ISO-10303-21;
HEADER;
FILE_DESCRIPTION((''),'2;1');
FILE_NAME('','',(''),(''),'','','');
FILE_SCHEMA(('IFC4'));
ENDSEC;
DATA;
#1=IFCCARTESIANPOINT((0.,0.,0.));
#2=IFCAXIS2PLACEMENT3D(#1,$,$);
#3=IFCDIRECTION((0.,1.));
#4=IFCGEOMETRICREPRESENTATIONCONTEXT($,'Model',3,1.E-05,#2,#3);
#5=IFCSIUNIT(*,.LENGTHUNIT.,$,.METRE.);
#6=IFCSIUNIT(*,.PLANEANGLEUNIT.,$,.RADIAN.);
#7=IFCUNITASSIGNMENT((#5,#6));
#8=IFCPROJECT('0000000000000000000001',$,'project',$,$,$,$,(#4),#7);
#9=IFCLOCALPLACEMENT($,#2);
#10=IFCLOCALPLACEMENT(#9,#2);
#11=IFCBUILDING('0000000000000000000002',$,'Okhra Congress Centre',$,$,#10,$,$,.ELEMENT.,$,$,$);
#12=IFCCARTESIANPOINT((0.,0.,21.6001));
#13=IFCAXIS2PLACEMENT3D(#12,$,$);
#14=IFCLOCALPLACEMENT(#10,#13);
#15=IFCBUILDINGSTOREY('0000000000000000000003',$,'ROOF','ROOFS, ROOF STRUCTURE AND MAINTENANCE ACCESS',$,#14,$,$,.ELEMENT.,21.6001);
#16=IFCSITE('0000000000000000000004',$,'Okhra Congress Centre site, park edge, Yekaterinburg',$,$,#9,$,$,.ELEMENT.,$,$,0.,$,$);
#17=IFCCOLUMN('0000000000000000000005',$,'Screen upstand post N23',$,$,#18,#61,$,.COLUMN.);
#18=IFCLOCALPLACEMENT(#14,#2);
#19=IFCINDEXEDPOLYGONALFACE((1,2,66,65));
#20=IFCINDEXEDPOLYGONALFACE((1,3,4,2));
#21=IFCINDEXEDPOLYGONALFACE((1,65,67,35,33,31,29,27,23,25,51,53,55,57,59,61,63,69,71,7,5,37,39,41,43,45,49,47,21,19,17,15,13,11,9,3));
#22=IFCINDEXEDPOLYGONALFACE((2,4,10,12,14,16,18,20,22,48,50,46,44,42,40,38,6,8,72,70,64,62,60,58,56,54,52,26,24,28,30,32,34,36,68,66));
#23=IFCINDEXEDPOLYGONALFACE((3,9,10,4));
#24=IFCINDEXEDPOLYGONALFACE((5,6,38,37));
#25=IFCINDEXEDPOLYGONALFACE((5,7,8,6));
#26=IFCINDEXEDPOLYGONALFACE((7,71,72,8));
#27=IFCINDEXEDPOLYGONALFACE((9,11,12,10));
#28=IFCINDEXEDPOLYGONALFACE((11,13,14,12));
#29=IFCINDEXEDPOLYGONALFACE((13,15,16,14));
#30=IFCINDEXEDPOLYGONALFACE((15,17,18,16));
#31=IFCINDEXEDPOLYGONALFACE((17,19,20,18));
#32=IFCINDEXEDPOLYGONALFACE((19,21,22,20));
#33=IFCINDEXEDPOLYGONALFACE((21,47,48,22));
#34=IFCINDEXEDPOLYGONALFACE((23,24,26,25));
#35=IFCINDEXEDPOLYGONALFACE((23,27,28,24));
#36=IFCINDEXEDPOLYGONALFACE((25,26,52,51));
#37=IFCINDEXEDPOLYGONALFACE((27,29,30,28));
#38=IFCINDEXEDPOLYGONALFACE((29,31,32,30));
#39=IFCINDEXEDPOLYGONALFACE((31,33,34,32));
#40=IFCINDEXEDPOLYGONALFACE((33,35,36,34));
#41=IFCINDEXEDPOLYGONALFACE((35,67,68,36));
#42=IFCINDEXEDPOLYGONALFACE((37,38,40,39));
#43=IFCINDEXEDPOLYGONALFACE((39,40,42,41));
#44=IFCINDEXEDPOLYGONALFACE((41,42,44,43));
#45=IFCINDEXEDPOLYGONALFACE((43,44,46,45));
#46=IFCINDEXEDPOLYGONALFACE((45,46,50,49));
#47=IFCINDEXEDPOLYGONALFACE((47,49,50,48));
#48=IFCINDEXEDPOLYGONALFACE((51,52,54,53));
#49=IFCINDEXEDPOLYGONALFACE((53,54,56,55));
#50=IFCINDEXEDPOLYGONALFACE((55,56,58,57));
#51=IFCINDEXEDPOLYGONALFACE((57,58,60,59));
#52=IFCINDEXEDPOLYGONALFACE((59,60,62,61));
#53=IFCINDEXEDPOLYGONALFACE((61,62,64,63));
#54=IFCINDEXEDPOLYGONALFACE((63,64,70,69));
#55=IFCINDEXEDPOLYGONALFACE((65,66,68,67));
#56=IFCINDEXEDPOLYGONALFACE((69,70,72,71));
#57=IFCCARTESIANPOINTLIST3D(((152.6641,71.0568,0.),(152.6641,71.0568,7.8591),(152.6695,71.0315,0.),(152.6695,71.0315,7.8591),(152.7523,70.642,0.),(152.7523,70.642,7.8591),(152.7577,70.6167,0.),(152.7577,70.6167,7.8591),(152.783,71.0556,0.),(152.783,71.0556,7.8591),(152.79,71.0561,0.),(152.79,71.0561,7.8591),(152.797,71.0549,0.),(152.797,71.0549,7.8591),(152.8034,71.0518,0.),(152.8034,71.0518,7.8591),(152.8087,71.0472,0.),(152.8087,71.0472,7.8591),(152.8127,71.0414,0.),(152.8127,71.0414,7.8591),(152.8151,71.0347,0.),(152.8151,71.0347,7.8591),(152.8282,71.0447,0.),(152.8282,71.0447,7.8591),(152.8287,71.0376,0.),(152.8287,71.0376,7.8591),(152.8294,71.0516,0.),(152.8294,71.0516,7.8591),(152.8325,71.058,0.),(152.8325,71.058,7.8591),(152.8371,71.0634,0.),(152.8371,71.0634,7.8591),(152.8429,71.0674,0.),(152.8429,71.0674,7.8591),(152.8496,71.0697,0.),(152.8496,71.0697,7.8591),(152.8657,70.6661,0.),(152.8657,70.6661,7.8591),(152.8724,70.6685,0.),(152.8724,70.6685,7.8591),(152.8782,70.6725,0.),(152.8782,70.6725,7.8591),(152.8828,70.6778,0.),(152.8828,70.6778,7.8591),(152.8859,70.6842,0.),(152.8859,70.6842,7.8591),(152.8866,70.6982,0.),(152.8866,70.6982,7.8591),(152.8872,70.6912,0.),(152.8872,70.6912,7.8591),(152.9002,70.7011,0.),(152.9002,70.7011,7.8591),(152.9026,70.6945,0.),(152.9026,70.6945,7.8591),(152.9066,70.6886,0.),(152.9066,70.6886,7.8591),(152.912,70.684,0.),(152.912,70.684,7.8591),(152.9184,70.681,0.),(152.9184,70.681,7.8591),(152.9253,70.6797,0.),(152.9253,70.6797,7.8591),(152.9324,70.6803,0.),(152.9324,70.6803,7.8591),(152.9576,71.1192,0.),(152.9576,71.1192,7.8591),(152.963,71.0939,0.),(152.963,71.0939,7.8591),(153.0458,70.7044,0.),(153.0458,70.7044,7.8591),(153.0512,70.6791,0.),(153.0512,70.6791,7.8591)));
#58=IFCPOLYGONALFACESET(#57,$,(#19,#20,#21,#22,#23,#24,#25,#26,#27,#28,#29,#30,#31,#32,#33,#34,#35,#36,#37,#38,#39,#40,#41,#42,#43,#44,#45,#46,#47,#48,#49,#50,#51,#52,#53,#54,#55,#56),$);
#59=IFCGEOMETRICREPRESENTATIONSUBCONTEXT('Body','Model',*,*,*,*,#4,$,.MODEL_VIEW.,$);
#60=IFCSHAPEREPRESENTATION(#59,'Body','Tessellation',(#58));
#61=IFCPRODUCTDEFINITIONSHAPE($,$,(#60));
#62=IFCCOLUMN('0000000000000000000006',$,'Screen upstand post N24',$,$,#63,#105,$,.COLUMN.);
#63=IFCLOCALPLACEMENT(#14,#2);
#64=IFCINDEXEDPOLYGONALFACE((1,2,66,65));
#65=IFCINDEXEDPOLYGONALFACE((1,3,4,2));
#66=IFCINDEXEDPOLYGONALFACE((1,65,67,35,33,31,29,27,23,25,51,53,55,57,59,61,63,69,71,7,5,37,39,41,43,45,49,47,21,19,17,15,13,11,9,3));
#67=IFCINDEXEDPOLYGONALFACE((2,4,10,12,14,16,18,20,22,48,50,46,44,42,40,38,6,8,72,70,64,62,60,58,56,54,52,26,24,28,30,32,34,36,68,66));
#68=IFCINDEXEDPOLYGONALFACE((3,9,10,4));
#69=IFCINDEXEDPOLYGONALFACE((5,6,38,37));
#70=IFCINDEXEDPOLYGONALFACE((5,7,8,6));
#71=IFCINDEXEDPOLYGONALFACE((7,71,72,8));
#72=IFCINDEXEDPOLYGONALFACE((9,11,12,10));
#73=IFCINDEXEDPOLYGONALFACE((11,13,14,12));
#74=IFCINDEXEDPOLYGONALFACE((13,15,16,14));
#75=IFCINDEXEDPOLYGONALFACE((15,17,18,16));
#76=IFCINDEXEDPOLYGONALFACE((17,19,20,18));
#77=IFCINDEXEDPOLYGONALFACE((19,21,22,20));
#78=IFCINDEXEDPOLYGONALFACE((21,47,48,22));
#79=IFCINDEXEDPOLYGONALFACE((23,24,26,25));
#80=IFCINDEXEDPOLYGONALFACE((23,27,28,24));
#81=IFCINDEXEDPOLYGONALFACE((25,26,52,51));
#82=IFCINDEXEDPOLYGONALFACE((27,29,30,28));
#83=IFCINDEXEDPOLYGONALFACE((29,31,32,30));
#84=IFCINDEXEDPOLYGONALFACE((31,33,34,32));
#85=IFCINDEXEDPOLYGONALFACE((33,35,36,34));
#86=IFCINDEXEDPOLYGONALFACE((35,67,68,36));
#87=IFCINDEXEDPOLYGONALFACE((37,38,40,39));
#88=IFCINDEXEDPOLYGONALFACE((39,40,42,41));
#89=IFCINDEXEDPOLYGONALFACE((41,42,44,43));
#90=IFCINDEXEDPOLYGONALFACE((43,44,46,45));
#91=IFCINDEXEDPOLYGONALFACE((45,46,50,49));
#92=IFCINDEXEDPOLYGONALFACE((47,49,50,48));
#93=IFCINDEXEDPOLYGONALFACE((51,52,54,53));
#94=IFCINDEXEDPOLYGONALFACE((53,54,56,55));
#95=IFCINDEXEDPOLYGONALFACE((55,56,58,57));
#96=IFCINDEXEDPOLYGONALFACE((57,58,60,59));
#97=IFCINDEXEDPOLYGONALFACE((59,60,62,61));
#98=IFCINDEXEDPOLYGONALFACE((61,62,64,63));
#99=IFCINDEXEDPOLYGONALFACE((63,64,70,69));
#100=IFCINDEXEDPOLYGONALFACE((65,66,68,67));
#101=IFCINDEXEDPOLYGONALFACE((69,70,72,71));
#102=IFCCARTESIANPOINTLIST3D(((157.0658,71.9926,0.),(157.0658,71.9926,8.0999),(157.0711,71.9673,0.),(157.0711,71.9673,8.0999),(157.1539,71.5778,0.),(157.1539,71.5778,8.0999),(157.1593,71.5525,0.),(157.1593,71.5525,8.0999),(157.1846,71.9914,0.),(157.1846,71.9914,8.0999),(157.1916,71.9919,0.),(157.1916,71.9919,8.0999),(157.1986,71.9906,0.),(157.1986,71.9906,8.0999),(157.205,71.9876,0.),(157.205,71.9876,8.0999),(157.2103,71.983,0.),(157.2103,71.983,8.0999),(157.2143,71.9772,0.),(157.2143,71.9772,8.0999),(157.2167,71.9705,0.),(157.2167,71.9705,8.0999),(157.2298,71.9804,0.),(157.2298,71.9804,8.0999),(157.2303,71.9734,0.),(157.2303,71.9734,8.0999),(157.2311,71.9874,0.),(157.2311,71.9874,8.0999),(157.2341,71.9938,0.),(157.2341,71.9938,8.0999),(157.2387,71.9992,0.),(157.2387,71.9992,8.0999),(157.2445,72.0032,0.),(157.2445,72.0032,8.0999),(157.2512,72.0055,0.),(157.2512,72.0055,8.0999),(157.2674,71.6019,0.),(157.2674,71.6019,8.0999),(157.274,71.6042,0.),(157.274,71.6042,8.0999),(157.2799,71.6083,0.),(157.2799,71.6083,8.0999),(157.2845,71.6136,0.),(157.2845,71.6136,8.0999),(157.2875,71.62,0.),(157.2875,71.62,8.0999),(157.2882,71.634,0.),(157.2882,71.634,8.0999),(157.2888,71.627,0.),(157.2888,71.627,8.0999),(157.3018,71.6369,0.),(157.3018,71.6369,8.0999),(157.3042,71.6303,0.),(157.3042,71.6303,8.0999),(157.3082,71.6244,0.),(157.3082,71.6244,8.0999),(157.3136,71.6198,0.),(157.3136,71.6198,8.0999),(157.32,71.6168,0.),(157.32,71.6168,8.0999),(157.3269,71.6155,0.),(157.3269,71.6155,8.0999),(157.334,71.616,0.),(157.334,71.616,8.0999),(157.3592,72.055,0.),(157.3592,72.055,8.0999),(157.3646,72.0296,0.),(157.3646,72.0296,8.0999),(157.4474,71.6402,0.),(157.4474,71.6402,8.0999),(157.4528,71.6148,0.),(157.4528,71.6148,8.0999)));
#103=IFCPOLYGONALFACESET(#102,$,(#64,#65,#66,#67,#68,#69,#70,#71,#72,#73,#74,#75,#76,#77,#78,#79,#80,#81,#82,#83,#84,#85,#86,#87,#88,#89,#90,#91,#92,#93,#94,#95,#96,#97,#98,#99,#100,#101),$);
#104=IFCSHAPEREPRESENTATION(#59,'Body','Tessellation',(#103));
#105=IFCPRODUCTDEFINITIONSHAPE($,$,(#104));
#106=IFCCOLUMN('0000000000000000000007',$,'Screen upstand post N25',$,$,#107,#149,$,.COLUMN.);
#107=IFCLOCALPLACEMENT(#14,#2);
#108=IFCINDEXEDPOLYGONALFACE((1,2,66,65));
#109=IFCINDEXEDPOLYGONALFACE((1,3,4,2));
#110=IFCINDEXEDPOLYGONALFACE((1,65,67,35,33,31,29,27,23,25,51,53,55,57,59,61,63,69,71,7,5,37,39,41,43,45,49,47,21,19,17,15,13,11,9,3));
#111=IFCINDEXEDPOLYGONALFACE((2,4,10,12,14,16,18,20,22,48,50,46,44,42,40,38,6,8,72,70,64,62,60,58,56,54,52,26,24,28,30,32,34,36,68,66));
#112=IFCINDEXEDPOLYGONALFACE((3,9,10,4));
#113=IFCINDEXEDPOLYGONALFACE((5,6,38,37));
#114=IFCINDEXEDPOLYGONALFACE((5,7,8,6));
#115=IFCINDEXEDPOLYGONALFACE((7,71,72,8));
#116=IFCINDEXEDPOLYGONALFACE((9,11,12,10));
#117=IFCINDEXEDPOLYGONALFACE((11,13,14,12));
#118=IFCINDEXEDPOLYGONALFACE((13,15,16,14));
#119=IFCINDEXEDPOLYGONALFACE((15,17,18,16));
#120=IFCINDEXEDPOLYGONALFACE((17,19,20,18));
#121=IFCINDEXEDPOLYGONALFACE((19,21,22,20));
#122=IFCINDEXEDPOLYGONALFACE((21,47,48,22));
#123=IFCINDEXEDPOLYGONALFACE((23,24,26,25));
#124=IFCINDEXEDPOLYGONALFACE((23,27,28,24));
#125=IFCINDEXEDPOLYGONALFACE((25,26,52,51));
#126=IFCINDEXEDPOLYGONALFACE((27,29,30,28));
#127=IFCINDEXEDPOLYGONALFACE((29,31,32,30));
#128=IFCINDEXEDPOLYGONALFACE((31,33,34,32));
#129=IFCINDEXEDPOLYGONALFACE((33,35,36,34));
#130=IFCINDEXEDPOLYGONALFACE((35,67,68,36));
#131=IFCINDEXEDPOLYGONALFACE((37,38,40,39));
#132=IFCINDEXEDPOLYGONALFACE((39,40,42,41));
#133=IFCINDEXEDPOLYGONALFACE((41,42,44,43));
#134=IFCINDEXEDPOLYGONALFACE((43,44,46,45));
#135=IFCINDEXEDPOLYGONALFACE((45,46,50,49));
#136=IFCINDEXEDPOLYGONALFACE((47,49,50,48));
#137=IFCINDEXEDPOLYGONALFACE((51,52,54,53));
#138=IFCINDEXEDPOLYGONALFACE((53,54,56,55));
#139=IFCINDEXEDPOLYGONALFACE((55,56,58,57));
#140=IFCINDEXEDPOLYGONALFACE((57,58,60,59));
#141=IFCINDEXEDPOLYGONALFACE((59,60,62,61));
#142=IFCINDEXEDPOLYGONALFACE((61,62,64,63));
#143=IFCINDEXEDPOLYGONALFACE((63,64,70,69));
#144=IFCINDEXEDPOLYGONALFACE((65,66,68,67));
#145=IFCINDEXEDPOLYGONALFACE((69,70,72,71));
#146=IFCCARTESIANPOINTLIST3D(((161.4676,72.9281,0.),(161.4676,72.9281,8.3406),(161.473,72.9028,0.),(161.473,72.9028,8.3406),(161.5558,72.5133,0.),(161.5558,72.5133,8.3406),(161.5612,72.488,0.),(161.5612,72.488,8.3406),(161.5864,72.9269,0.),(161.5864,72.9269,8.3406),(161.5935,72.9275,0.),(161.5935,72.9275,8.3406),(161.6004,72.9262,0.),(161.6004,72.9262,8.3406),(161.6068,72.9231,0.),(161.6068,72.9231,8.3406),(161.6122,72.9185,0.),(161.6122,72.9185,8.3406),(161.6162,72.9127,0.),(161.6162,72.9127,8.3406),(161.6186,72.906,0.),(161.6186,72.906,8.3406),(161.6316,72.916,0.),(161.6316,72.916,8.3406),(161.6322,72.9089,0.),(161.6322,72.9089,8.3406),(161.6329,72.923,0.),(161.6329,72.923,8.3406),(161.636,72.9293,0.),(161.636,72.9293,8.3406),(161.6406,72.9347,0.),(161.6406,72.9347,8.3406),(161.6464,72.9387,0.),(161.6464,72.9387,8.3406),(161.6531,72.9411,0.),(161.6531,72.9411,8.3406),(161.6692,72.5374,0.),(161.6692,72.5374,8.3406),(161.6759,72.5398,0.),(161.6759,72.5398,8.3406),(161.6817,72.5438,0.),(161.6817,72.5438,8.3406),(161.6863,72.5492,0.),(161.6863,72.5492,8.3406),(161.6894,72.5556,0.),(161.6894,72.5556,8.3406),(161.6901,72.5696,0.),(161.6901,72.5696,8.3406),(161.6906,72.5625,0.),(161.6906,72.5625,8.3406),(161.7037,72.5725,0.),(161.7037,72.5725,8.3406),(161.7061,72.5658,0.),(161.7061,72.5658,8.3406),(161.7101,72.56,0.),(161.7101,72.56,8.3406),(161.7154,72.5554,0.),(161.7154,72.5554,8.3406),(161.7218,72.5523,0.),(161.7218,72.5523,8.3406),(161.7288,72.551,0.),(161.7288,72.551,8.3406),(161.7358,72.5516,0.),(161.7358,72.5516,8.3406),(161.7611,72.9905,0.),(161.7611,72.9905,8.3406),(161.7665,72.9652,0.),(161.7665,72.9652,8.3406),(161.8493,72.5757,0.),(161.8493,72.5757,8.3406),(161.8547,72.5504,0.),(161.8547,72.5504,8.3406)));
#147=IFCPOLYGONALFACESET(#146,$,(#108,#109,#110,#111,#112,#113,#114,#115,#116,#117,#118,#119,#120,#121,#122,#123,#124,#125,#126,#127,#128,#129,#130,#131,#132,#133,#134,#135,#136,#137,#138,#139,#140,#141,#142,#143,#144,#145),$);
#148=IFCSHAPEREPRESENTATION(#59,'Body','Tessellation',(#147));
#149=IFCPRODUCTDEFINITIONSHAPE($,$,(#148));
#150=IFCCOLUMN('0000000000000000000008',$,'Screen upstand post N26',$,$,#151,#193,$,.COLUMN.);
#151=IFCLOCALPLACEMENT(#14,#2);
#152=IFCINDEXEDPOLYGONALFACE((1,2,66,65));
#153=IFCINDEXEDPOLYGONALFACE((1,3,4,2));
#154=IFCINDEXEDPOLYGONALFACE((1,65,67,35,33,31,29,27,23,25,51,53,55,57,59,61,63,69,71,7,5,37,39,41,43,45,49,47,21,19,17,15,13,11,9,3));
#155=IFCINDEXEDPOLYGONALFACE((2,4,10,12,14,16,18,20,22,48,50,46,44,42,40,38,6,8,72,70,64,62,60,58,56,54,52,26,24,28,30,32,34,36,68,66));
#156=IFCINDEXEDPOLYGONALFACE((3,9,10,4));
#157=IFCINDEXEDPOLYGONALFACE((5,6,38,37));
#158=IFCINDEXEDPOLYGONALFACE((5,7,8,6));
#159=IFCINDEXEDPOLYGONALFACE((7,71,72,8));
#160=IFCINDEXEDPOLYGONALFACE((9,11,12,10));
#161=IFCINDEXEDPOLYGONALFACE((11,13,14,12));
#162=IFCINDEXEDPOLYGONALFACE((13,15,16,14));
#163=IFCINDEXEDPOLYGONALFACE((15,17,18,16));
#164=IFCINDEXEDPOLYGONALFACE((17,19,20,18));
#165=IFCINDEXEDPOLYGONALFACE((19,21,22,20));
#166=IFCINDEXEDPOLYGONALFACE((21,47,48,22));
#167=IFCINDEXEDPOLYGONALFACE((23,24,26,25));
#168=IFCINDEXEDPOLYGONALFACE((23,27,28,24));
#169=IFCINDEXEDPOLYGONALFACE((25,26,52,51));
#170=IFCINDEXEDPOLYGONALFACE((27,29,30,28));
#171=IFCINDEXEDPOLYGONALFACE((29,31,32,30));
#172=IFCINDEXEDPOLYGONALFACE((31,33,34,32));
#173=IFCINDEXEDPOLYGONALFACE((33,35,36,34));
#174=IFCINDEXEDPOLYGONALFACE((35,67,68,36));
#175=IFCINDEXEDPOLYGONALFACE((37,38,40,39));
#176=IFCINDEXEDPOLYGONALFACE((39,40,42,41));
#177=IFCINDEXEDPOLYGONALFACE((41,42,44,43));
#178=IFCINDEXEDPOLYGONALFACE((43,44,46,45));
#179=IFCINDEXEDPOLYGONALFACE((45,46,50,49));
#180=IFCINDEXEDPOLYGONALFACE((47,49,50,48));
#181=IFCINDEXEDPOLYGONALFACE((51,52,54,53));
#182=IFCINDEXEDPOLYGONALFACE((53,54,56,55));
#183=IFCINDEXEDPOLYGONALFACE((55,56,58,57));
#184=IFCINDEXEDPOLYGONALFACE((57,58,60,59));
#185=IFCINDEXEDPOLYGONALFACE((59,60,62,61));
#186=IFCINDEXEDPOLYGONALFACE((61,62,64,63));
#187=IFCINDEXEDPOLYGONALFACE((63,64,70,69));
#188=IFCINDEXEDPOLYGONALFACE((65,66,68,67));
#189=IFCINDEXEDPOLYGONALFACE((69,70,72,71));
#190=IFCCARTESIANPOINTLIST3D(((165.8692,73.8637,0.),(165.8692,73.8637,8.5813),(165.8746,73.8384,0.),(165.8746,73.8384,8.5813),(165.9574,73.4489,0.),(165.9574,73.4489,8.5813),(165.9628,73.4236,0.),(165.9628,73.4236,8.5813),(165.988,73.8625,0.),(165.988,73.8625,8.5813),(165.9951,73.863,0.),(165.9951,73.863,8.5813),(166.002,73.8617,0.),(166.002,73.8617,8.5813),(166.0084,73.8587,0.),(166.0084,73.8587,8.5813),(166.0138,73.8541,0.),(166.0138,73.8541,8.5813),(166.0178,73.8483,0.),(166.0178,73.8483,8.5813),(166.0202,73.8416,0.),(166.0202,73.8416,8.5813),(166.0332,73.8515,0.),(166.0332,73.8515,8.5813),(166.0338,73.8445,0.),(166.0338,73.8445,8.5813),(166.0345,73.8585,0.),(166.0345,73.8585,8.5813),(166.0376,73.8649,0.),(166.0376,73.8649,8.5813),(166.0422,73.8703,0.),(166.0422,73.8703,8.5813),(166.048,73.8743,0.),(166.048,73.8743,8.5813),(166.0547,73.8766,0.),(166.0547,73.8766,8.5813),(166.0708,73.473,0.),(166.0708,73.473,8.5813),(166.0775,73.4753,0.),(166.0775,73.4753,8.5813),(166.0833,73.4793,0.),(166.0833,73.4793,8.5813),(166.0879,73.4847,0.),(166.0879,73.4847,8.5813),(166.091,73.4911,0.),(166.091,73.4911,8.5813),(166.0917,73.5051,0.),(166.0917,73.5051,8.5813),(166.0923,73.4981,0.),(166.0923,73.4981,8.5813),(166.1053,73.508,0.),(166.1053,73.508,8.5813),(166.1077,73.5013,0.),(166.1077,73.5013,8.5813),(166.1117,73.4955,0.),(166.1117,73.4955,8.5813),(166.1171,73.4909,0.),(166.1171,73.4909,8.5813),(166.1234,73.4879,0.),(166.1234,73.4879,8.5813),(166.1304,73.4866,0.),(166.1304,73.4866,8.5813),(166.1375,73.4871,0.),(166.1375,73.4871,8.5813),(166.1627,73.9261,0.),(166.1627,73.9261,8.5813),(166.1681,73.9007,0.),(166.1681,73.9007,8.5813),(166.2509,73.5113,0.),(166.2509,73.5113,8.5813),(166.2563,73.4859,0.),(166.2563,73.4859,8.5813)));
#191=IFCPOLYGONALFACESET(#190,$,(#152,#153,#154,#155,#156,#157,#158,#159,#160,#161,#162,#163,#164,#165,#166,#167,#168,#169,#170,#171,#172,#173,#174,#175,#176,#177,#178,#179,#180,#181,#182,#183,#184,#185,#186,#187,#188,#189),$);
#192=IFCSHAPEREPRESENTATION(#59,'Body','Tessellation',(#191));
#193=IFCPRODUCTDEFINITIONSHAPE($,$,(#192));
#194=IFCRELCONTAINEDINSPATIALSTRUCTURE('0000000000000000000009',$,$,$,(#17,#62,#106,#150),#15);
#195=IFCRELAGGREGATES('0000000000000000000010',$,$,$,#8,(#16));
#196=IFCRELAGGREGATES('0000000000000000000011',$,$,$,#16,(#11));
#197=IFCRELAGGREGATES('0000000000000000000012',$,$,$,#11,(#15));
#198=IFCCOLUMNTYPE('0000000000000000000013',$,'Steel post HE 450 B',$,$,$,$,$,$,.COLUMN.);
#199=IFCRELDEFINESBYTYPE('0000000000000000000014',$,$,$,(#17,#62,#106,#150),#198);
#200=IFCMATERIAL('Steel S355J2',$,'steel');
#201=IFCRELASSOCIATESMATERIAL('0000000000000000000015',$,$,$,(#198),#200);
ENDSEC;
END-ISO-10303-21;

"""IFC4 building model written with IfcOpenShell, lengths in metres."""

from ifc_helpers import new_model, si_unit, direction, frame, origin, origin_2d, place, context, subcontext, project, spatial, i_section, extrude, material, material_profile, profile_set, type_object, element, save


model = new_model("IFC4")

# Units and contexts
model_context = context("Model", 3, precision=1e-05, world=origin(), true_north=direction((0.0, 1.0)))
body_context = subcontext(model_context, "Body", "Model", "MODEL_VIEW")
ifc_project = project(units=[si_unit("LENGTHUNIT", "METRE"), si_unit("PLANEANGLEUNIT", "RADIAN")], contexts=[model_context])

# Site, building, storey
site_placement = place(None, origin())
site = spatial("IfcSite", under=ifc_project, at=site_placement, Name="Okhra Congress Centre site, park edge, Yekaterinburg", CompositionType="ELEMENT", RefElevation=0.0)
building_placement = place(site_placement, origin())
building = spatial("IfcBuilding", under=site, at=building_placement, Name="Okhra Congress Centre", CompositionType="ELEMENT")
storey_placement = place(building_placement, frame((0.0, 0.0, 21.6001)))
storey = spatial("IfcBuildingStorey", under=building, at=storey_placement, Name="ROOF", Description="ROOFS, ROOF STRUCTURE AND MAINTENANCE ACCESS", CompositionType="ELEMENT", Elevation=21.6001)

# Columns
ifc_material_1 = material(Name="Steel S355J2", Category="steel")
ifc_material_profile_1 = material_profile(ifc_material_1, i_section(OverallWidth=0.3, OverallDepth=0.45, WebThickness=0.0139, FlangeThickness=0.0259, FilletRadius=0.0271, at=origin_2d()), Name="HE 450 B")
ifc_profile_set_1 = profile_set([ifc_material_profile_1], Name="Steel S355J2")
column_type = type_object("IfcColumnType", Name="Steel post HE 450 B", PredefinedType="COLUMN", material=ifc_profile_set_1)
column_1_placement = place(storey_placement, frame((152.8577, 70.8679, 0.0), z_axis=(0.0, 0.0, 1.0), x_axis=(0.978148, 0.207912, 0.0)))
element("IfcColumn", 1, at=column_1_placement, inside=storey, type_object=column_type, Name="Screen upstand post N23", PredefinedType="COLUMN", context=body_context, shape_type="SweptSolid", body=[
    extrude(i_section(OverallWidth=0.3, OverallDepth=0.45, WebThickness=0.0139, FlangeThickness=0.0259, FilletRadius=0.0271, at=origin_2d()), origin(), (0.0, 0.0, 1.0), 7.8591),
])
column_2_placement = place(storey_placement, frame((157.2593, 71.8037, 0.0), z_axis=(0.0, 0.0, 1.0), x_axis=(0.978148, 0.207912, 0.0)))
element("IfcColumn", 2, at=column_2_placement, inside=storey, type_object=column_type, Name="Screen upstand post N24", PredefinedType="COLUMN", context=body_context, shape_type="SweptSolid", body=[
    extrude(i_section(OverallWidth=0.3, OverallDepth=0.45, WebThickness=0.0139, FlangeThickness=0.0259, FilletRadius=0.0271, at=origin_2d()), origin(), (0.0, 0.0, 1.0), 8.0999),
])
column_3_placement = place(storey_placement, frame((161.6611, 72.7393, 0.0), z_axis=(0.0, 0.0, 1.0), x_axis=(0.978148, 0.207912, 0.0)))
element("IfcColumn", 3, at=column_3_placement, inside=storey, type_object=column_type, Name="Screen upstand post N25", PredefinedType="COLUMN", context=body_context, shape_type="SweptSolid", body=[
    extrude(i_section(OverallWidth=0.3, OverallDepth=0.45, WebThickness=0.0139, FlangeThickness=0.0259, FilletRadius=0.0271, at=origin_2d()), origin(), (0.0, 0.0, 1.0), 8.3406),
])
column_4_placement = place(storey_placement, frame((166.0627, 73.6748, 0.0), z_axis=(0.0, 0.0, 1.0), x_axis=(0.978148, 0.207912, 0.0)))
element("IfcColumn", 4, at=column_4_placement, inside=storey, type_object=column_type, Name="Screen upstand post N26", PredefinedType="COLUMN", context=body_context, shape_type="SweptSolid", body=[
    extrude(i_section(OverallWidth=0.3, OverallDepth=0.45, WebThickness=0.0139, FlangeThickness=0.0259, FilletRadius=0.0271, at=origin_2d()), origin(), (0.0, 0.0, 1.0), 8.5813),
])

save(model, "model.ifc")
